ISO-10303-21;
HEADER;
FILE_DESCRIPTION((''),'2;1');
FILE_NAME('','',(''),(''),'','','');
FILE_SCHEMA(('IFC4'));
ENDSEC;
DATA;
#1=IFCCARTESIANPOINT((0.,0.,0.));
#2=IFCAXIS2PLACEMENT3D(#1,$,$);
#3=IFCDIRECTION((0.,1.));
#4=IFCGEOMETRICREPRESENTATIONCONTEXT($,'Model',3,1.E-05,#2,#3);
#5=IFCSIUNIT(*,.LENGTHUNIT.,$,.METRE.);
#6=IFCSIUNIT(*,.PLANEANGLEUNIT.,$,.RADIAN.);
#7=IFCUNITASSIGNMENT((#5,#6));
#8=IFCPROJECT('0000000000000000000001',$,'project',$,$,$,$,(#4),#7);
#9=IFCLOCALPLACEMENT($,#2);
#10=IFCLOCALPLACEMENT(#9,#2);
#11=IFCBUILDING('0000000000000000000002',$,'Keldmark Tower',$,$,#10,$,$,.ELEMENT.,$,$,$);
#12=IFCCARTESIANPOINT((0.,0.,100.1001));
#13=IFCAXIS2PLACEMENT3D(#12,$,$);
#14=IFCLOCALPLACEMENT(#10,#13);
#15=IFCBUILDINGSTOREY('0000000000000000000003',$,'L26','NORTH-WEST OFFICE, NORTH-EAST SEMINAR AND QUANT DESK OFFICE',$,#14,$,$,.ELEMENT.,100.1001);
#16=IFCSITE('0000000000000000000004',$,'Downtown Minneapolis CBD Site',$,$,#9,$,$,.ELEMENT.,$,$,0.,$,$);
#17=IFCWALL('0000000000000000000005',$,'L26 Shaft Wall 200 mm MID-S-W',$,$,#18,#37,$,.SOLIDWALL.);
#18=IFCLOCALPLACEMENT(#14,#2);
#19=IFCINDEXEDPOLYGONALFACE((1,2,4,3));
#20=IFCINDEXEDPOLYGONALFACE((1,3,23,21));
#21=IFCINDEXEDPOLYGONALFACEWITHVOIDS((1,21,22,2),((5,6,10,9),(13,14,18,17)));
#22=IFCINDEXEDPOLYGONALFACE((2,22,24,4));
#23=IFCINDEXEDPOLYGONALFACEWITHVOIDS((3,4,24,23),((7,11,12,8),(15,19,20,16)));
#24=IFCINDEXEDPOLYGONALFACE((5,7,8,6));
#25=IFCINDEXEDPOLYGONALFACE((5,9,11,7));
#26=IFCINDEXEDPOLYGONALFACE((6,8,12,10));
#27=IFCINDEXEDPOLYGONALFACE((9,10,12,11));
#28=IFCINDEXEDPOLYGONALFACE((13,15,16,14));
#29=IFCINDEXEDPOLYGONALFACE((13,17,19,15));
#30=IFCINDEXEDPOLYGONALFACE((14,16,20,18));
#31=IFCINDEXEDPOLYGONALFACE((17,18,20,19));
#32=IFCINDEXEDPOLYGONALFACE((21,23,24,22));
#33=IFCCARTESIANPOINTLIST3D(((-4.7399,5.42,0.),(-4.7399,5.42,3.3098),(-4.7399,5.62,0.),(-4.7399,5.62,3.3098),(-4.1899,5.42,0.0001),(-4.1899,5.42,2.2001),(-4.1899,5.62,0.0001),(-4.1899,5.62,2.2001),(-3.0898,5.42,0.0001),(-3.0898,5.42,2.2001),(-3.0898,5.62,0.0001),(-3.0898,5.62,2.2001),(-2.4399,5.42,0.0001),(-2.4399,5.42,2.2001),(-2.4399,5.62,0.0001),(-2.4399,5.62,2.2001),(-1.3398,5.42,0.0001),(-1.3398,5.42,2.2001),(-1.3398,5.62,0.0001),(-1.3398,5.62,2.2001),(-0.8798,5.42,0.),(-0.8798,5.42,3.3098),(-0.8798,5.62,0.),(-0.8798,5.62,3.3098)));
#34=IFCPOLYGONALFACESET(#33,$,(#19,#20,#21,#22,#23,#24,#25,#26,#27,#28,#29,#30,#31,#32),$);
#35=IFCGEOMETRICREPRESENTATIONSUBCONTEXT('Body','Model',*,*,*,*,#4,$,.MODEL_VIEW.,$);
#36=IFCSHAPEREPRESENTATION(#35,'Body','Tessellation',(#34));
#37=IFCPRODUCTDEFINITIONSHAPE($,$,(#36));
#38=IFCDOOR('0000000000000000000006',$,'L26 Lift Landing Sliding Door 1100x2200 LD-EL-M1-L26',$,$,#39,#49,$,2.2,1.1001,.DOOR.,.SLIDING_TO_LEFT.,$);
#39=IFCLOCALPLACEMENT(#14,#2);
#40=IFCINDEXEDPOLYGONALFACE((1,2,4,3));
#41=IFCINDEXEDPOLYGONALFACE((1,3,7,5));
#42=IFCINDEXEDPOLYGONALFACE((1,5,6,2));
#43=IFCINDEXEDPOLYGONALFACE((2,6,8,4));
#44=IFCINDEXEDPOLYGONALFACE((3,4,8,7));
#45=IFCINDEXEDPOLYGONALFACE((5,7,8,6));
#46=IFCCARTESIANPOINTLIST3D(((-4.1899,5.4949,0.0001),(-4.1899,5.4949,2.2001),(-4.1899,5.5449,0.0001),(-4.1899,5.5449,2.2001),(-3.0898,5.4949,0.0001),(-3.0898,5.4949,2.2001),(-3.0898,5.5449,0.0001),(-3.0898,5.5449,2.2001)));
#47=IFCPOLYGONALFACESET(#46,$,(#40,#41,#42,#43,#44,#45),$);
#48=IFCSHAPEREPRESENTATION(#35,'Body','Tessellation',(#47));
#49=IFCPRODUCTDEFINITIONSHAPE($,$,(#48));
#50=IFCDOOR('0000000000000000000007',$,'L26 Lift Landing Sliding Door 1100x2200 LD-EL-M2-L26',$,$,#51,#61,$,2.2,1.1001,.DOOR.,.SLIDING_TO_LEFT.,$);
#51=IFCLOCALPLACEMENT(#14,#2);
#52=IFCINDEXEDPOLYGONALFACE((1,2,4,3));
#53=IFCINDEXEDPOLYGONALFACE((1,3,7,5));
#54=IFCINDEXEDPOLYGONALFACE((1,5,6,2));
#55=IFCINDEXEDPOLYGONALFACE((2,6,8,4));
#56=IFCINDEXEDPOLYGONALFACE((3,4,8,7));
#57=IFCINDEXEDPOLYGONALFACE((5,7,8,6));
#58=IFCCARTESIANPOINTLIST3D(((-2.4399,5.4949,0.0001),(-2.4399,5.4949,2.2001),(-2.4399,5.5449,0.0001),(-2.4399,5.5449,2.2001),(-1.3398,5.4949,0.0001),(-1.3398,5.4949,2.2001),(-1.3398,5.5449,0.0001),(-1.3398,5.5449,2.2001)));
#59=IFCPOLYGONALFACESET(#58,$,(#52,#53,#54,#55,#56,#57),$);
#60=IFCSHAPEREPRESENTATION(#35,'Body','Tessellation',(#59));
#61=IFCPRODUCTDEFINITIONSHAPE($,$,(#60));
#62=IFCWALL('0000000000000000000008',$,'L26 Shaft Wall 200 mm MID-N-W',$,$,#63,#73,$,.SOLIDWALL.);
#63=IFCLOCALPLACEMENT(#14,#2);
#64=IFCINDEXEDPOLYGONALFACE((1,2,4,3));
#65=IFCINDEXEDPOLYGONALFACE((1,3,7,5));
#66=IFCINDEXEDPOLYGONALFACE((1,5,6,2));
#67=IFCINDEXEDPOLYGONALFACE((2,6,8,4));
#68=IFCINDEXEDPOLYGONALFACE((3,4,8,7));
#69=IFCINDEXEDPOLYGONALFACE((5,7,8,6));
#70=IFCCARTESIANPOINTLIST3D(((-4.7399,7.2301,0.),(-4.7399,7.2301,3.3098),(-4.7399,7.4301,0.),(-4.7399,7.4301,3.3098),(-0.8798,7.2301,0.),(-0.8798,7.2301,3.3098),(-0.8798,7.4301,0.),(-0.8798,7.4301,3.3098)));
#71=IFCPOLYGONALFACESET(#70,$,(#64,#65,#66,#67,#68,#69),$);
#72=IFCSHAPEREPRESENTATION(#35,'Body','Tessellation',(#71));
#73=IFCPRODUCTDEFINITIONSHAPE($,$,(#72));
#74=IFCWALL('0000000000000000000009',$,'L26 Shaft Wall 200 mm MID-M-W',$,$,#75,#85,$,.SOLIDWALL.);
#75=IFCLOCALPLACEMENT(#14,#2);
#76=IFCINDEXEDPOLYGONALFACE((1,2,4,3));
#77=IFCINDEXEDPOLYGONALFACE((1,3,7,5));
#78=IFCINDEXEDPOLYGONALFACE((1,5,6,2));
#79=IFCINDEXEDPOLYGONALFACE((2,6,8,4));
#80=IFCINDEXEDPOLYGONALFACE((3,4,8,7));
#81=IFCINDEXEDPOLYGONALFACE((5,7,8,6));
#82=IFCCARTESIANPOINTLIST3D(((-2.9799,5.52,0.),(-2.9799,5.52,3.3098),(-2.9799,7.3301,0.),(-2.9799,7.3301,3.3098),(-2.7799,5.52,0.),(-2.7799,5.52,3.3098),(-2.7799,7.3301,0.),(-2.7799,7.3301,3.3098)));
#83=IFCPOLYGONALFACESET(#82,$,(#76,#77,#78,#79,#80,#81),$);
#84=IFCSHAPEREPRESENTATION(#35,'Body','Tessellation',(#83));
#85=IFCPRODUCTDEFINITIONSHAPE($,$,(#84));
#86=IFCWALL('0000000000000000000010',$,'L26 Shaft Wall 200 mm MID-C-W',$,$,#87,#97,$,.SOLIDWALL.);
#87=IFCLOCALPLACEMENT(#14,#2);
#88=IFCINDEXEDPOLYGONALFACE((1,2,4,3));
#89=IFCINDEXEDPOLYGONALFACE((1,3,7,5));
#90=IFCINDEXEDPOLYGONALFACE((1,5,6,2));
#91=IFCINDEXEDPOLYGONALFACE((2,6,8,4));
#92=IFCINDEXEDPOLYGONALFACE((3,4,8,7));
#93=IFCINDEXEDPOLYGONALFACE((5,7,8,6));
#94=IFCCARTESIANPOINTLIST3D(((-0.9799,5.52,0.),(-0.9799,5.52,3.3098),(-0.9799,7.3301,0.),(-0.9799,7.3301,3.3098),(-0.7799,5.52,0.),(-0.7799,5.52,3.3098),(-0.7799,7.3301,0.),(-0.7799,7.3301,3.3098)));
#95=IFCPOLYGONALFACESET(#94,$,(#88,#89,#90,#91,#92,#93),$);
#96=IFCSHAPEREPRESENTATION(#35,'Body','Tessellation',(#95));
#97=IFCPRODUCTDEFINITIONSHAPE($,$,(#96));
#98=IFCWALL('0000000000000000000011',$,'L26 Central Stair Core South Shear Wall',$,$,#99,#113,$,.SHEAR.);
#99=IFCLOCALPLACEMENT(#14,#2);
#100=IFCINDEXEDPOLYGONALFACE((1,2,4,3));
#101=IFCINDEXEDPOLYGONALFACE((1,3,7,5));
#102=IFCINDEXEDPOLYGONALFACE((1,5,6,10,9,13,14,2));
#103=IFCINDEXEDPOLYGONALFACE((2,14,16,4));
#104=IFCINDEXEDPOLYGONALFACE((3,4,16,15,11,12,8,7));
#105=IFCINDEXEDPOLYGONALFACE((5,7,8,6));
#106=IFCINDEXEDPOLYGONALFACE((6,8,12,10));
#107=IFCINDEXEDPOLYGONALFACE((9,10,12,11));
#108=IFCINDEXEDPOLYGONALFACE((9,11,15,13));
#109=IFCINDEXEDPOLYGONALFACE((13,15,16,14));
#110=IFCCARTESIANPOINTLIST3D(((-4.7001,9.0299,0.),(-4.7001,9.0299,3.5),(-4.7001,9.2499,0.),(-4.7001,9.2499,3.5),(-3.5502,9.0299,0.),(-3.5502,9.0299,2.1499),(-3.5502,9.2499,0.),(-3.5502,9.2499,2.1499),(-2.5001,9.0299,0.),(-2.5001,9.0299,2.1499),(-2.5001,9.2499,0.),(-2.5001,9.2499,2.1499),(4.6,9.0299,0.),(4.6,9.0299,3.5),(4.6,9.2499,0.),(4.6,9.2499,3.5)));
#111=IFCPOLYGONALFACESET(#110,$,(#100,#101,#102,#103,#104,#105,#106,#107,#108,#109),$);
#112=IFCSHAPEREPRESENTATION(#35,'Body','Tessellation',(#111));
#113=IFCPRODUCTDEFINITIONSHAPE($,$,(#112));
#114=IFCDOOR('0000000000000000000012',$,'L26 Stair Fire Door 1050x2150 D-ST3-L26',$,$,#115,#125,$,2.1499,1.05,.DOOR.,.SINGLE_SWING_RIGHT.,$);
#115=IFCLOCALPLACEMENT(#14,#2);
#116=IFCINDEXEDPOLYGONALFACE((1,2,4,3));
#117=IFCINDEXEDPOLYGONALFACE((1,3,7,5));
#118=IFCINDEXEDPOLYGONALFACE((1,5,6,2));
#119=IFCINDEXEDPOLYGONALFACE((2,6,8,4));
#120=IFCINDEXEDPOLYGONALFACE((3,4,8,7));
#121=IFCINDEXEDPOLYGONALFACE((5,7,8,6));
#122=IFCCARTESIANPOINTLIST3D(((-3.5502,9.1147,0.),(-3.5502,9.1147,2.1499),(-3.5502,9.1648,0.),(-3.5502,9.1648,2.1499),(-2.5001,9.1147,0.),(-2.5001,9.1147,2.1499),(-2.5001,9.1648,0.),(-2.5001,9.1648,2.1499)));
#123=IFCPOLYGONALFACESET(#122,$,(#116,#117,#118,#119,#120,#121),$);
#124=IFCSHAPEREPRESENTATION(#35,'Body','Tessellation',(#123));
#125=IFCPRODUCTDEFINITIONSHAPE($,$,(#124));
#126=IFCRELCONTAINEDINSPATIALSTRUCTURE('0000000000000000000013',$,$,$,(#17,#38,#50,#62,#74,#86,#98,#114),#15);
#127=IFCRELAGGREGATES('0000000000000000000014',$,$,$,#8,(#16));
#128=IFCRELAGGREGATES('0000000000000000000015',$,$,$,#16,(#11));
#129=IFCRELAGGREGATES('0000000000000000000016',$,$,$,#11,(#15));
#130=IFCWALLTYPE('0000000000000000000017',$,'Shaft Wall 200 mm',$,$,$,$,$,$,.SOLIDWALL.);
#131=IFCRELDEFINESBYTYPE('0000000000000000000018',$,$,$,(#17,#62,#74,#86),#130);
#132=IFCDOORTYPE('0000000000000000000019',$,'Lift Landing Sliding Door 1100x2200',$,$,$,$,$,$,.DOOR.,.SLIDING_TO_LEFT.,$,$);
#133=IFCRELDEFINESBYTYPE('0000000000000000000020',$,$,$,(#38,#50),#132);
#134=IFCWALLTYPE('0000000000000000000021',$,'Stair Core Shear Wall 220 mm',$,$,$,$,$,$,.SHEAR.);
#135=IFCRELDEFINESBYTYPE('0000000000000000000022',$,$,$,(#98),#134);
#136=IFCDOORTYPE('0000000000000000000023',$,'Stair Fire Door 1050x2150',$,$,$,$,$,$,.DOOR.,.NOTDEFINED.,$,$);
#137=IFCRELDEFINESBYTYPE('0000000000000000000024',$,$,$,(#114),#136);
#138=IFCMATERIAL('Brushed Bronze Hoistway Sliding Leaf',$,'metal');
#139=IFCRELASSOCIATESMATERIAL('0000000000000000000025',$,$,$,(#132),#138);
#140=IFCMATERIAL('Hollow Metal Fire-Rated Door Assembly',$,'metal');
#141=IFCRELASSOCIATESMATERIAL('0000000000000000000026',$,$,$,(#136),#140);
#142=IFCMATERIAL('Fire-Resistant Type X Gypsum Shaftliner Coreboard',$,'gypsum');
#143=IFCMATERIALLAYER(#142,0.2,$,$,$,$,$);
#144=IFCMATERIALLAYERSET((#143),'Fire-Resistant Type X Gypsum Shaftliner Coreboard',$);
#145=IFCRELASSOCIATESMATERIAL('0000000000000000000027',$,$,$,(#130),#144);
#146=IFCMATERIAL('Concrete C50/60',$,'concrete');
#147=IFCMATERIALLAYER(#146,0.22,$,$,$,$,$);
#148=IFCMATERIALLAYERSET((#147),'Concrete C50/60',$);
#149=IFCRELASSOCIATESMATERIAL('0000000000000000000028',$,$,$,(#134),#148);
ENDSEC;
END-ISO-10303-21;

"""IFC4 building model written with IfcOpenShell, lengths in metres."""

from ifc_helpers import new_model, si_unit, direction, frame, frame_2d, origin, place, context, subcontext, project, spatial, rectangle, extrude, material, layer, layer_set, type_object, element, fill, save


model = new_model("IFC4")

# Units and contexts
model_context = context("Model", 3, precision=1e-05, world=origin(), true_north=direction((0.0, 1.0)))
body_context = subcontext(model_context, "Body", "Model", "MODEL_VIEW")
ifc_project = project(units=[si_unit("LENGTHUNIT", "METRE"), si_unit("PLANEANGLEUNIT", "RADIAN")], contexts=[model_context])

# Site, building, storey
site_placement = place(None, origin())
site = spatial("IfcSite", under=ifc_project, at=site_placement, Name="Downtown Minneapolis CBD Site", CompositionType="ELEMENT", RefElevation=0.0)
building_placement = place(site_placement, origin())
building = spatial("IfcBuilding", under=site, at=building_placement, Name="Keldmark Tower", CompositionType="ELEMENT")
storey_placement = place(building_placement, frame((0.0, 0.0, 100.1001)))
storey = spatial("IfcBuildingStorey", under=building, at=storey_placement, Name="L26", Description="NORTH-WEST OFFICE, NORTH-EAST SEMINAR AND QUANT DESK OFFICE", CompositionType="ELEMENT", Elevation=100.1001)

# Shared definitions
ifc_material_1 = material(Name="Brushed Bronze Hoistway Sliding Leaf", Category="metal")
door_type_1 = type_object("IfcDoorType", Name="Lift Landing Sliding Door 1100x2200", OperationType="SLIDING_TO_LEFT", PredefinedType="DOOR", material=ifc_material_1)
ifc_material_2 = material(Name="Hollow Metal Fire-Rated Door Assembly", Category="metal")
door_type_2 = type_object("IfcDoorType", Name="Stair Fire Door 1050x2150", OperationType="NOTDEFINED", PredefinedType="DOOR", material=ifc_material_2)

# Wall, openings, doors
ifc_material_3 = material(Name="Fire-Resistant Type X Gypsum Shaftliner Coreboard", Category="gypsum")
ifc_layer_1 = layer(ifc_material_3, 0.2)
ifc_layer_set_1 = layer_set([ifc_layer_1], Name="Fire-Resistant Type X Gypsum Shaftliner Coreboard")
wall_type_1 = type_object("IfcWallType", Name="Shaft Wall 200 mm", PredefinedType="SOLIDWALL", material=ifc_layer_set_1)
wall_1_placement = place(storey_placement, frame((-4.74, 5.52, 0.0), z_axis=(0.0, 0.0, 1.0), x_axis=(1.0, 0.0, 0.0)))
wall_1 = element("IfcWall", 1, at=wall_1_placement, inside=storey, type_object=wall_type_1, Name="L26 Shaft Wall 200 mm MID-S-W", PredefinedType="SOLIDWALL", context=body_context, shape_type="SweptSolid", body=[
    extrude(rectangle(XDim=3.8601, YDim=0.2, at=frame_2d((1.9302, 0.0))), origin(), (0.0, 0.0, 1.0), 3.3098),
])
opening_1_placement = place(wall_1_placement, frame((0.55, 0.0, 0.0)))
opening_1 = element("IfcOpeningElement", 2, at=opening_1_placement, cuts=wall_1, PredefinedType="OPENING", context=body_context, shape_type="SweptSolid", body=[
    extrude(rectangle(XDim=1.1001, YDim=2.2, at=frame_2d((0.55, 1.1001))), frame((0.0, 0.1099, 0.0), z_axis=(0.0, -1.0, 0.0), x_axis=(1.0, 0.0, 0.0)), (0.0, 0.0, 1.0), 0.22),
])
opening_2_placement = place(wall_1_placement, frame((2.3, 0.0, 0.0)))
opening_2 = element("IfcOpeningElement", 3, at=opening_2_placement, cuts=wall_1, PredefinedType="OPENING", context=body_context, shape_type="SweptSolid", body=[
    extrude(rectangle(XDim=1.1001, YDim=2.2, at=frame_2d((0.55, 1.1001))), frame((0.0, 0.1099, 0.0), z_axis=(0.0, -1.0, 0.0), x_axis=(1.0, 0.0, 0.0)), (0.0, 0.0, 1.0), 0.22),
])
door_1_placement = place(opening_1_placement, origin())
door_1 = element("IfcDoor", 4, at=door_1_placement, inside=storey, type_object=door_type_1, Name="L26 Lift Landing Sliding Door 1100x2200 LD-EL-M1-L26", OperationType="SLIDING_TO_LEFT", OverallHeight=2.2, OverallWidth=1.1001, PredefinedType="DOOR", context=body_context, shape_type="SweptSolid", body=[
    extrude(rectangle(XDim=1.1001, YDim=2.2, at=frame_2d((0.55, 1.1001))), frame((0.0, 0.0249, 0.0), z_axis=(0.0, -1.0, 0.0), x_axis=(1.0, 0.0, 0.0)), (0.0, 0.0, 1.0), 0.05),
])
fill(opening_1, door_1)
door_2_placement = place(opening_2_placement, origin())
door_2 = element("IfcDoor", 5, at=door_2_placement, inside=storey, type_object=door_type_1, Name="L26 Lift Landing Sliding Door 1100x2200 LD-EL-M2-L26", OperationType="SLIDING_TO_LEFT", OverallHeight=2.2, OverallWidth=1.1001, PredefinedType="DOOR", context=body_context, shape_type="SweptSolid", body=[
    extrude(rectangle(XDim=1.1001, YDim=2.2, at=frame_2d((0.55, 1.1001))), frame((0.0, 0.0249, 0.0), z_axis=(0.0, -1.0, 0.0), x_axis=(1.0, 0.0, 0.0)), (0.0, 0.0, 1.0), 0.05),
])
fill(opening_2, door_2)

# Walls
wall_2_placement = place(storey_placement, frame((-4.74, 7.3301, 0.0), z_axis=(0.0, 0.0, 1.0), x_axis=(1.0, 0.0, 0.0)))
element("IfcWall", 6, at=wall_2_placement, inside=storey, type_object=wall_type_1, Name="L26 Shaft Wall 200 mm MID-N-W", PredefinedType="SOLIDWALL", context=body_context, shape_type="SweptSolid", body=[
    extrude(rectangle(XDim=3.8601, YDim=0.2, at=frame_2d((1.9302, 0.0))), origin(), (0.0, 0.0, 1.0), 3.3098),
])
for number, where, z_axis, x_axis, name in (
    (7, (-2.8799, 5.52, 0.0), (0.0, 0.0, 1.0), (0.0, 1.0, 0.0), "L26 Shaft Wall 200 mm MID-M-W"),
    (8, (-0.8799, 5.52, 0.0), (0.0, 0.0, 1.0), (0.0, 1.0, 0.0), "L26 Shaft Wall 200 mm MID-C-W"),
):
    element("IfcWall", number, at=place(storey_placement, frame(where, z_axis=z_axis, x_axis=x_axis)), inside=storey, type_object=wall_type_1, Name=name, PredefinedType="SOLIDWALL", context=body_context, shape_type="SweptSolid", body=[
        extrude(rectangle(XDim=1.8101, YDim=0.2, at=frame_2d((0.905, 0.0))), origin(), (0.0, 0.0, 1.0), 3.3098),
    ])

# Wall, opening, door
ifc_material_4 = material(Name="Concrete C50/60", Category="concrete")
ifc_layer_2 = layer(ifc_material_4, 0.22)
ifc_layer_set_2 = layer_set([ifc_layer_2], Name="Concrete C50/60")
wall_type_2 = type_object("IfcWallType", Name="Stair Core Shear Wall 220 mm", PredefinedType="SHEAR", material=ifc_layer_set_2)
wall_3_placement = place(storey_placement, frame((-4.7, 9.1399, 0.0), z_axis=(0.0, 0.0, 1.0), x_axis=(1.0, 0.0, 0.0)))
wall_3 = element("IfcWall", 9, at=wall_3_placement, inside=storey, type_object=wall_type_2, Name="L26 Central Stair Core South Shear Wall", PredefinedType="SHEAR", context=body_context, shape_type="SweptSolid", body=[
    extrude(rectangle(XDim=9.3, YDim=0.22, at=frame_2d((4.6499, 0.0))), origin(), (0.0, 0.0, 1.0), 3.5),
])
opening_3_placement = place(wall_3_placement, frame((1.1499, 0.0, 0.0)))
opening_3 = element("IfcOpeningElement", 10, at=opening_3_placement, cuts=wall_3, PredefinedType="OPENING", context=body_context, shape_type="SweptSolid", body=[
    extrude(rectangle(XDim=1.05, YDim=2.1499, at=frame_2d((0.5249, 1.075))), frame((0.0, 0.1199, 0.0), z_axis=(0.0, -1.0, 0.0), x_axis=(1.0, 0.0, 0.0)), (0.0, 0.0, 1.0), 0.24),
])
door_3_placement = place(opening_3_placement, origin())
door_3 = element("IfcDoor", 11, at=door_3_placement, inside=storey, type_object=door_type_2, Name="L26 Stair Fire Door 1050x2150 D-ST3-L26", OperationType="SINGLE_SWING_RIGHT", OverallHeight=2.1499, OverallWidth=1.05, PredefinedType="DOOR", context=body_context, shape_type="SweptSolid", body=[
    extrude(rectangle(XDim=1.05, YDim=2.1499, at=frame_2d((0.5249, 1.075))), frame((0.0, 0.0249, 0.0), z_axis=(0.0, -1.0, 0.0), x_axis=(1.0, 0.0, 0.0)), (0.0, 0.0, 1.0), 0.05),
])
fill(opening_3, door_3)

save(model, "model.ifc")
